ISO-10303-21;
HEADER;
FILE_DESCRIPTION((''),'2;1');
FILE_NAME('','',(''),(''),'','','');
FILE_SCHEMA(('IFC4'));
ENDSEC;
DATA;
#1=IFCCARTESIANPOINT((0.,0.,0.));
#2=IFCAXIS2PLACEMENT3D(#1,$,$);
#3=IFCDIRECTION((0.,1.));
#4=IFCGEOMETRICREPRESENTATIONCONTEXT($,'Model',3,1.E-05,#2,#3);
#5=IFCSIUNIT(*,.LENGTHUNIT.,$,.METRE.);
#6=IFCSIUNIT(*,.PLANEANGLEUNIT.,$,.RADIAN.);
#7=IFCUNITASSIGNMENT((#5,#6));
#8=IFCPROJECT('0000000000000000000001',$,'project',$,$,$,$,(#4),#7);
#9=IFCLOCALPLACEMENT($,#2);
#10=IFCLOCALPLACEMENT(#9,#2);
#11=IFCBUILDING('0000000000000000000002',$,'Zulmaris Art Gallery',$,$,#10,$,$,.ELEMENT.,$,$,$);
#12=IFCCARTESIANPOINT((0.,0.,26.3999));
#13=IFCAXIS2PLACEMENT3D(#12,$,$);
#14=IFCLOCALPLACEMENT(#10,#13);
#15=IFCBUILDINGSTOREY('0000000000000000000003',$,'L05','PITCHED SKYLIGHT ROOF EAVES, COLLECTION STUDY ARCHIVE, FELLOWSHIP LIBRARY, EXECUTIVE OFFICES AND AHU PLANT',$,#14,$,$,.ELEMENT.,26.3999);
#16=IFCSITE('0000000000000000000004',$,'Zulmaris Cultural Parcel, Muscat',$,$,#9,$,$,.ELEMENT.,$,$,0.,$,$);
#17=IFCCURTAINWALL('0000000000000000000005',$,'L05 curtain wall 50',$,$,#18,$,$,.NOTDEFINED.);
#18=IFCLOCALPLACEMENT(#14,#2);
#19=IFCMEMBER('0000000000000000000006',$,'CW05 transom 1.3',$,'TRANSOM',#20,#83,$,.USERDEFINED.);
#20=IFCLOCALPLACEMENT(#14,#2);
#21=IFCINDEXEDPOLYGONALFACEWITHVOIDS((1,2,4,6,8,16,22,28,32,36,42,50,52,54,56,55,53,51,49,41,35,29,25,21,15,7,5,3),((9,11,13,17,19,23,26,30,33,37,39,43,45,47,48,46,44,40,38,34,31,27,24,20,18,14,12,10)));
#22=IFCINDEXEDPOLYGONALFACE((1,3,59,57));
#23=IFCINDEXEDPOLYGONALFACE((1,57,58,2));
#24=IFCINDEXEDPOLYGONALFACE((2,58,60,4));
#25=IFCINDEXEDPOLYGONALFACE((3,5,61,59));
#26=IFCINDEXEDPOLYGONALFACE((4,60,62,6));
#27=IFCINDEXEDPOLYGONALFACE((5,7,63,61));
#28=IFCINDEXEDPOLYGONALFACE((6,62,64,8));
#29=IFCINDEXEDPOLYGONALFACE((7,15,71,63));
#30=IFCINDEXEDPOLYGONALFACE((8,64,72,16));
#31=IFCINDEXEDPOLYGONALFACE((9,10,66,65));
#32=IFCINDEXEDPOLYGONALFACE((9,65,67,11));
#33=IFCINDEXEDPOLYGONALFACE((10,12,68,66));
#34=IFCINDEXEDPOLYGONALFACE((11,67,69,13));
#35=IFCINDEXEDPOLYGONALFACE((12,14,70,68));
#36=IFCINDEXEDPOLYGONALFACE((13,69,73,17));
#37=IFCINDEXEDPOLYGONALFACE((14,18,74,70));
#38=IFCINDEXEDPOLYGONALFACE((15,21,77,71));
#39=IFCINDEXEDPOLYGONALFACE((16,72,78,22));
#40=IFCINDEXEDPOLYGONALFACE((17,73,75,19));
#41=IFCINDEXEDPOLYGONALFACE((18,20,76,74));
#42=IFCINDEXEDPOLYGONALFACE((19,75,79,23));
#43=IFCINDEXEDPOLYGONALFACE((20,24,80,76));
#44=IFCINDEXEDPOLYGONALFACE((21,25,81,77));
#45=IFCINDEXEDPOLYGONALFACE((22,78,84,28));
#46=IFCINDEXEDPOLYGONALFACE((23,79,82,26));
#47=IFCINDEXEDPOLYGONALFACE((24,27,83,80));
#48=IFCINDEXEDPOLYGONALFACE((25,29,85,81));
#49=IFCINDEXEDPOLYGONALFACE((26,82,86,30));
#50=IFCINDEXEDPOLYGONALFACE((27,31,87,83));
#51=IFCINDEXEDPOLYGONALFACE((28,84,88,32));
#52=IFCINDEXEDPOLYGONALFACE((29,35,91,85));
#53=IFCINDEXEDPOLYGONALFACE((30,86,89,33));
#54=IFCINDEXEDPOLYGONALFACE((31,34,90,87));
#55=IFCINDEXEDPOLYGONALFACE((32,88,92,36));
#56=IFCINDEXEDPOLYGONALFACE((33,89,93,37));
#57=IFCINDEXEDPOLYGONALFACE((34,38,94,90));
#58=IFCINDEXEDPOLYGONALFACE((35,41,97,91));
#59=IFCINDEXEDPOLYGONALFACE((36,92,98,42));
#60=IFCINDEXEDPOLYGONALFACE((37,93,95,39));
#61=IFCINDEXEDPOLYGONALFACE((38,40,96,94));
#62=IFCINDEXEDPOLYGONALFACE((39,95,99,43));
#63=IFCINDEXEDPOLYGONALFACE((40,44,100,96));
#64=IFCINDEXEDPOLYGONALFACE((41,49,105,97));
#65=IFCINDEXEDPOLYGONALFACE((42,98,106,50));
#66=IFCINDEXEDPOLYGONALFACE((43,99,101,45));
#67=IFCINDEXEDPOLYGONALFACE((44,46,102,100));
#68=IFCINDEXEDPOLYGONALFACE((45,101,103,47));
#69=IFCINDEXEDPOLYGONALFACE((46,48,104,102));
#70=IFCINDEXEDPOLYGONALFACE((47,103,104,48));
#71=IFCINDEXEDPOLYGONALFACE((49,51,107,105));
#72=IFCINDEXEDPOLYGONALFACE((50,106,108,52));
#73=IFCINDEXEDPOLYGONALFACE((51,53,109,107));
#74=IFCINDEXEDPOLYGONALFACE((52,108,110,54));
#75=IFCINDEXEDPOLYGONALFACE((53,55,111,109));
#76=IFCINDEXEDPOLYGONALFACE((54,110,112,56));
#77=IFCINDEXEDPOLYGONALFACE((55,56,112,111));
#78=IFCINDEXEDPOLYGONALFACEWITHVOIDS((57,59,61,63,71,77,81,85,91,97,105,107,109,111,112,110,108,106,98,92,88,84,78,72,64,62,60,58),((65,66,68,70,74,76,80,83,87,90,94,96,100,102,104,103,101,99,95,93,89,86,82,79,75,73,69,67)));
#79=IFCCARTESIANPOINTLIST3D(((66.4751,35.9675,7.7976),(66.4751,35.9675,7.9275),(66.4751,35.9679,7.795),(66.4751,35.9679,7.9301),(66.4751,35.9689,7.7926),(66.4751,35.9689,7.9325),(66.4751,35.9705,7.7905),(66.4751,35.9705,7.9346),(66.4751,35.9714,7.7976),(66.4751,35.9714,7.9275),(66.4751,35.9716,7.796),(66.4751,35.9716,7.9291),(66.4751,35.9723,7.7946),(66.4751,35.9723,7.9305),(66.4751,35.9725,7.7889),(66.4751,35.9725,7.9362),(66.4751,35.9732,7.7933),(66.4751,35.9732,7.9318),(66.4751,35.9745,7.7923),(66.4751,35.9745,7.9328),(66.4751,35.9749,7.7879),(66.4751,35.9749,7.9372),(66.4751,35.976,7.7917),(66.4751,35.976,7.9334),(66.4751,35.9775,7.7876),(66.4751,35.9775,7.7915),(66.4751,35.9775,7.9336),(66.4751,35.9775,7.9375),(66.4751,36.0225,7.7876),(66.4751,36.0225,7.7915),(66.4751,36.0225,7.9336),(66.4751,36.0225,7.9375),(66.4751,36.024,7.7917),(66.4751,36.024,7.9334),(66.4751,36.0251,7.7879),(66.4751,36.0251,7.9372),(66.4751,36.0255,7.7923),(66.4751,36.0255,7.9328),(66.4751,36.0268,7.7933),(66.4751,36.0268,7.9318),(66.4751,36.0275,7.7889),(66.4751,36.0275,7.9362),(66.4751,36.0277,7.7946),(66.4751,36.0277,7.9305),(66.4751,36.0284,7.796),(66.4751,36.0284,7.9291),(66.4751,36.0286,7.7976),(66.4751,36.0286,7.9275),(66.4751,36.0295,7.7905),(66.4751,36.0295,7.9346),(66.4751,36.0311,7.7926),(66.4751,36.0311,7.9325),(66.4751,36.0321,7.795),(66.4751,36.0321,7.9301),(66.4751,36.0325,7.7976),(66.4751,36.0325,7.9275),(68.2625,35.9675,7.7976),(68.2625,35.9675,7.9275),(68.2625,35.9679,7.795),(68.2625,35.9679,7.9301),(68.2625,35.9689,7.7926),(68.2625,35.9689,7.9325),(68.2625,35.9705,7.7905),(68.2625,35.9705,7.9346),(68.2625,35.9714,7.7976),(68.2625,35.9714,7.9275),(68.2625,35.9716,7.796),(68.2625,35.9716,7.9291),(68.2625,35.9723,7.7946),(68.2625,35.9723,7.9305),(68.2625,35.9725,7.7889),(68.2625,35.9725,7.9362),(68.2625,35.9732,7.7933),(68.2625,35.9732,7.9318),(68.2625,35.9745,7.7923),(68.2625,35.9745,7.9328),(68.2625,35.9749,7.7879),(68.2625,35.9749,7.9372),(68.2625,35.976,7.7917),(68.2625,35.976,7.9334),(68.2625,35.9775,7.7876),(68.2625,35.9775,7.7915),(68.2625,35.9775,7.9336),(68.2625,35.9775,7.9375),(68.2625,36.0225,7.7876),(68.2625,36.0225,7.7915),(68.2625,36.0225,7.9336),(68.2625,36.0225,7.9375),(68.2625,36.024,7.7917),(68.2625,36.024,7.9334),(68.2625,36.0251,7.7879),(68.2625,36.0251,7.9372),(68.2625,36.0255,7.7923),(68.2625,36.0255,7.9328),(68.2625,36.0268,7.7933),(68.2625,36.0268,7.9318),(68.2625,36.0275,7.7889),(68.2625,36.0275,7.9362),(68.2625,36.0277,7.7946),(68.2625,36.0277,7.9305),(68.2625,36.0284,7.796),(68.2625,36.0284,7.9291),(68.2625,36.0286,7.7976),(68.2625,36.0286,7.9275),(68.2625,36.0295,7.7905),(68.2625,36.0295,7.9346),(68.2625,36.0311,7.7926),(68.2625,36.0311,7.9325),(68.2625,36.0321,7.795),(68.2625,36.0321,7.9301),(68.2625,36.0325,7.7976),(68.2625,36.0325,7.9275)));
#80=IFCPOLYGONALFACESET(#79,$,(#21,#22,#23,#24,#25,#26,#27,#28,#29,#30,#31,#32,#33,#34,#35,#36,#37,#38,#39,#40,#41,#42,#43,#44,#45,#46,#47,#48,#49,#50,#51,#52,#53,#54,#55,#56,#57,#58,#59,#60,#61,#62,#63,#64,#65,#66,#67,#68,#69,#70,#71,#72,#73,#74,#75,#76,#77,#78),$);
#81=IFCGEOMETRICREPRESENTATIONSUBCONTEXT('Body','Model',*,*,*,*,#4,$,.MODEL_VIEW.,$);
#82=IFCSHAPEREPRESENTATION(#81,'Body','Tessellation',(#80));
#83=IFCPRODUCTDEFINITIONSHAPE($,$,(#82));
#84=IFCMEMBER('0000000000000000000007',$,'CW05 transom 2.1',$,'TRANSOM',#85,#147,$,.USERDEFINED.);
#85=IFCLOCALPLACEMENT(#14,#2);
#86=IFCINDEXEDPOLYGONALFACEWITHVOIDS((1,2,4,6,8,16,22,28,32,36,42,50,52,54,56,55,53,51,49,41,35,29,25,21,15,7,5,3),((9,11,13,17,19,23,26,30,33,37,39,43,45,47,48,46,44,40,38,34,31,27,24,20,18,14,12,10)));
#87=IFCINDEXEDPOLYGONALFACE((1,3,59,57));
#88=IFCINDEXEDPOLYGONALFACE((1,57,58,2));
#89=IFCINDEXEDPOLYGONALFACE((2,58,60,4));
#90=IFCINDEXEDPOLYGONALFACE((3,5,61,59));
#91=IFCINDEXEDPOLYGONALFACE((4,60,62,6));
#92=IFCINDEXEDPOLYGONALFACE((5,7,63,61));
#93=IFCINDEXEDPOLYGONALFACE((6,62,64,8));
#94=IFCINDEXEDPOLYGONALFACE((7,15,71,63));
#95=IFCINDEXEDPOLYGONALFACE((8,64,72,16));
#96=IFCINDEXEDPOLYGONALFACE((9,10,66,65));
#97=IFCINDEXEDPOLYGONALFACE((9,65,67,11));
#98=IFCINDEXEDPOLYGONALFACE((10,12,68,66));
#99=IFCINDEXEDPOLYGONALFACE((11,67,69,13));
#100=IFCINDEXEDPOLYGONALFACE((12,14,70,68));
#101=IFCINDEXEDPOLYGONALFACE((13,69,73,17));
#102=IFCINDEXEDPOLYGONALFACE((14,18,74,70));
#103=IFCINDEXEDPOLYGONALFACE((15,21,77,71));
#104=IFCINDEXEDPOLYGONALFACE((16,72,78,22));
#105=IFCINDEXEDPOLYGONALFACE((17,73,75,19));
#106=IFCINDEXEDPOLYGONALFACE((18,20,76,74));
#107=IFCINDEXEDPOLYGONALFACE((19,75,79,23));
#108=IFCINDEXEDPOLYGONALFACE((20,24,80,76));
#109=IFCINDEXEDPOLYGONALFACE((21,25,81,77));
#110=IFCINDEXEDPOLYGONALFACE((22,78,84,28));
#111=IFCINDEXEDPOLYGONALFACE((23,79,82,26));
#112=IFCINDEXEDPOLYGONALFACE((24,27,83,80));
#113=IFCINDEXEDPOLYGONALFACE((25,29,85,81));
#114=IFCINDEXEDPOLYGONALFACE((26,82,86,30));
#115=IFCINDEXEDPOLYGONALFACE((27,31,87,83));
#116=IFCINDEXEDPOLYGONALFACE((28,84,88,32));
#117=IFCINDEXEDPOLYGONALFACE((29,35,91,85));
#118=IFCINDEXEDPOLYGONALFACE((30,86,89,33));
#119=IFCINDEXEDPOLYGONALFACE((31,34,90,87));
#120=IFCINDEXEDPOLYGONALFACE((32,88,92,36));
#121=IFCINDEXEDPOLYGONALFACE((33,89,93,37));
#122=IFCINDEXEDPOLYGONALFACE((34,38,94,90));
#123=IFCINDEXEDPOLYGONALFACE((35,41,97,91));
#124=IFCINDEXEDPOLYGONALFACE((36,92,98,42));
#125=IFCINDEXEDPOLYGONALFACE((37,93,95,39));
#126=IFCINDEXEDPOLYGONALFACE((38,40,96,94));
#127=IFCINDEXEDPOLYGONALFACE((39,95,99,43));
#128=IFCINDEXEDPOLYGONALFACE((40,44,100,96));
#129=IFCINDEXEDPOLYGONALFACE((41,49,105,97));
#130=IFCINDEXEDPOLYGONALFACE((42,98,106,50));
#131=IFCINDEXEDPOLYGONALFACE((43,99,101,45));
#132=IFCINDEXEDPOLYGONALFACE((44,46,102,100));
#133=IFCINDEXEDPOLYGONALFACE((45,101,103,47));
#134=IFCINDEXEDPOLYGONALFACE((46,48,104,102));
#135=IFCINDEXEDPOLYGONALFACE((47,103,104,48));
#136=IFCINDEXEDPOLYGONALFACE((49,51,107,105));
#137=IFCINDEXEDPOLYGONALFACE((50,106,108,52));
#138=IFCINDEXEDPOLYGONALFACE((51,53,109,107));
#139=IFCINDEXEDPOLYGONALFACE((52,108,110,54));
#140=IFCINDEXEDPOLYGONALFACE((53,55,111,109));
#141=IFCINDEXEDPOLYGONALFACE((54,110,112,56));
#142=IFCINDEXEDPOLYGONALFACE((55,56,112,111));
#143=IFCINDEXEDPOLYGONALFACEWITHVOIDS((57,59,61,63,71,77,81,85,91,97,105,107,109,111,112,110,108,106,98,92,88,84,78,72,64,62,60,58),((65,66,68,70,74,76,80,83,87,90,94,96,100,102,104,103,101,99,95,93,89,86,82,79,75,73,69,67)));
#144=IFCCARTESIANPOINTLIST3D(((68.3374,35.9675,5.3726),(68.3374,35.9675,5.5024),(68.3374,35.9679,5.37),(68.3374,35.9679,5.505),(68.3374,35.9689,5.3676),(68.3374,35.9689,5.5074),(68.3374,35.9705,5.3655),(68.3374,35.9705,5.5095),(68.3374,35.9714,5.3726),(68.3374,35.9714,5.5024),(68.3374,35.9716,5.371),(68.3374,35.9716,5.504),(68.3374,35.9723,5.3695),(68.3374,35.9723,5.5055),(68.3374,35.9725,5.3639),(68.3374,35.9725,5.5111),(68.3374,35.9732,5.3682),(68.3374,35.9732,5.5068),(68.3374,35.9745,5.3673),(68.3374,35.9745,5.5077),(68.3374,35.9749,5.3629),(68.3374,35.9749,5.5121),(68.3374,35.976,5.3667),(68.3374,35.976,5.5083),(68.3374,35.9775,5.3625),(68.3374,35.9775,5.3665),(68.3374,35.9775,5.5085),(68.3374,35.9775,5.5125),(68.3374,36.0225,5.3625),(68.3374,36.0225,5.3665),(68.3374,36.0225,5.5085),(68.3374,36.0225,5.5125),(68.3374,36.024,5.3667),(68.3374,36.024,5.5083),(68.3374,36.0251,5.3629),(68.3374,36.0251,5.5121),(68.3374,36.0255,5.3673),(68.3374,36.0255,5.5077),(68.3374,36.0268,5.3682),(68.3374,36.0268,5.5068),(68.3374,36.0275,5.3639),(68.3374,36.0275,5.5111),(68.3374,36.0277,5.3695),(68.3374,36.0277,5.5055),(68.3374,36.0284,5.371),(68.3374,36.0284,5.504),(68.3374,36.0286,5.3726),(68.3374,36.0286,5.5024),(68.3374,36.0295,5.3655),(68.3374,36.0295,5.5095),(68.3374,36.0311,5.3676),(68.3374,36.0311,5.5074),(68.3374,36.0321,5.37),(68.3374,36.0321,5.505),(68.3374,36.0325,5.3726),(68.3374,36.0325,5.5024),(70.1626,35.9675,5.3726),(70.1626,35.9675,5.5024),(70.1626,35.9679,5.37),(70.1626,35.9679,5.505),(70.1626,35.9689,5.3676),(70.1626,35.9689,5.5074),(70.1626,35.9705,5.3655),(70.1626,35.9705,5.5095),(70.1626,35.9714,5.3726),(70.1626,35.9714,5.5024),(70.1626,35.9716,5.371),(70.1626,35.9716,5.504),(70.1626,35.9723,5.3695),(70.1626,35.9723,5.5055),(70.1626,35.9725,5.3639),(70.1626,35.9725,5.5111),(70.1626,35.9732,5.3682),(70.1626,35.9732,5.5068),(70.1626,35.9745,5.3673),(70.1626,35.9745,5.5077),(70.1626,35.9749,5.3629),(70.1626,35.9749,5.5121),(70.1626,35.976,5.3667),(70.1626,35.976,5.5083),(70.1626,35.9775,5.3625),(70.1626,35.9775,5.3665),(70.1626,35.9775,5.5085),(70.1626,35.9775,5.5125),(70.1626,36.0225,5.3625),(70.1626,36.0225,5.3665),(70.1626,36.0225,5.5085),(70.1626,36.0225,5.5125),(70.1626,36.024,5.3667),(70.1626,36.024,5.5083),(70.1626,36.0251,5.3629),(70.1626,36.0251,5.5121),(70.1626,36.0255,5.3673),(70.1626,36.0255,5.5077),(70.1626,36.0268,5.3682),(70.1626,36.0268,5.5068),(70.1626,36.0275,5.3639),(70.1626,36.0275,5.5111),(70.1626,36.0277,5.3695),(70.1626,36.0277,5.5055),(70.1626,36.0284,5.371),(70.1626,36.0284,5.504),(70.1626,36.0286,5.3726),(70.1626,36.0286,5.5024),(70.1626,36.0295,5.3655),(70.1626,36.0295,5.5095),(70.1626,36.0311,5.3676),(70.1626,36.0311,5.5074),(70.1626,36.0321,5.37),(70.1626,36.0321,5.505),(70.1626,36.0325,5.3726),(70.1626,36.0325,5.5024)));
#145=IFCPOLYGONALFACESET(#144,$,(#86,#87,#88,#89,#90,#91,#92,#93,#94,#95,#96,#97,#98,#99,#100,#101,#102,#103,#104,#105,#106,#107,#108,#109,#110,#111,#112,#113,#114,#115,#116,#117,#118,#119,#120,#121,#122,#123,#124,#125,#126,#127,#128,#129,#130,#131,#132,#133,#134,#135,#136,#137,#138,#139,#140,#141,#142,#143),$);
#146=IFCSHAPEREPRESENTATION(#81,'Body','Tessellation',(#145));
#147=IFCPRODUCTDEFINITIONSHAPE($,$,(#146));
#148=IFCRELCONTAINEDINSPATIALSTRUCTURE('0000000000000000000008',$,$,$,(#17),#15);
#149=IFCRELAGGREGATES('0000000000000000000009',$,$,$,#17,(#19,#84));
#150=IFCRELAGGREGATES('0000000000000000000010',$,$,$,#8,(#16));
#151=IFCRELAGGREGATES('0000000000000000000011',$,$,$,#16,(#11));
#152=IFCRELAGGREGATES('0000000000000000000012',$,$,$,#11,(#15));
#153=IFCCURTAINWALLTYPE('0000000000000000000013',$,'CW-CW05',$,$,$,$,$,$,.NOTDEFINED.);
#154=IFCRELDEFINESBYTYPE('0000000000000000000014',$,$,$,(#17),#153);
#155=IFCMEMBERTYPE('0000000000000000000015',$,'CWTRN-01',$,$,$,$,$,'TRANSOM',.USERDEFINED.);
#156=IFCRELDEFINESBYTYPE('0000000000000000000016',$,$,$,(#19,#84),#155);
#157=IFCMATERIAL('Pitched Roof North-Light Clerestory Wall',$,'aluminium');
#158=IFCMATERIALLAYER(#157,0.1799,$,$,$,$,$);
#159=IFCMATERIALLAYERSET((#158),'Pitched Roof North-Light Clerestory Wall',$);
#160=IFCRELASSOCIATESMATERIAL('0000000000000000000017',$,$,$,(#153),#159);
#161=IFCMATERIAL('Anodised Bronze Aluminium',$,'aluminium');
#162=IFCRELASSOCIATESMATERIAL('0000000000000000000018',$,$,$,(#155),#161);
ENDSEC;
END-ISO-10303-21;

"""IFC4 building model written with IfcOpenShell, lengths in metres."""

from ifc_helpers import new_model, si_unit, direction, frame, origin, origin_2d, place, context, subcontext, project, spatial, hollow_rectangle, extrude, material, layer, layer_set, material_profile, profile_set, type_object, element, aggregate, save


model = new_model("IFC4")

# Units and contexts
model_context = context("Model", 3, precision=1e-05, world=origin(), true_north=direction((0.0, 1.0)))
body_context = subcontext(model_context, "Body", "Model", "MODEL_VIEW")
ifc_project = project(units=[si_unit("LENGTHUNIT", "METRE"), si_unit("PLANEANGLEUNIT", "RADIAN")], contexts=[model_context])

# Site, building, storey
site_placement = place(None, origin())
site = spatial("IfcSite", under=ifc_project, at=site_placement, Name="Zulmaris Cultural Parcel, Muscat", CompositionType="ELEMENT", RefElevation=0.0)
building_placement = place(site_placement, origin())
building = spatial("IfcBuilding", under=site, at=building_placement, Name="Zulmaris Art Gallery", CompositionType="ELEMENT")
storey_placement = place(building_placement, frame((0.0, 0.0, 26.3999)))
storey = spatial("IfcBuildingStorey", under=building, at=storey_placement, Name="L05", Description="PITCHED SKYLIGHT ROOF EAVES, COLLECTION STUDY ARCHIVE, FELLOWSHIP LIBRARY, EXECUTIVE OFFICES AND AHU PLANT", CompositionType="ELEMENT", Elevation=26.3999)

# Curtain wall, members
ifc_material_1 = material(Name="Pitched Roof North-Light Clerestory Wall", Category="aluminium")
ifc_layer_1 = layer(ifc_material_1, 0.1799)
ifc_layer_set_1 = layer_set([ifc_layer_1], Name="Pitched Roof North-Light Clerestory Wall")
curtain_wall_type = type_object("IfcCurtainWallType", Name="CW-CW05", PredefinedType="NOTDEFINED", material=ifc_layer_set_1)
curtain_wall_placement = place(storey_placement, origin())
curtain_wall = element("IfcCurtainWall", 1, at=curtain_wall_placement, inside=storey, type_object=curtain_wall_type, Name="L05 curtain wall 50", PredefinedType="NOTDEFINED")
ifc_material_2 = material(Name="Anodised Bronze Aluminium", Category="aluminium")
ifc_material_profile_1 = material_profile(ifc_material_2, hollow_rectangle(XDim=0.0649, YDim=0.1499, WallThickness=0.0039, InnerFilletRadius=0.0061, OuterFilletRadius=0.01, at=origin_2d()), Name="ALU 65x150x4")
ifc_profile_set_1 = profile_set([ifc_material_profile_1], Name="Anodised Bronze Aluminium")
member_type_1 = type_object("IfcMemberType", Name="CWTRN-01", ElementType="TRANSOM", PredefinedType="USERDEFINED", material=ifc_profile_set_1)
member_1_placement = place(storey_placement, frame((66.4751, 36.0, 7.8625), z_axis=(1.0, 0.0, 0.0), x_axis=(0.0, 1.0, 0.0)))
member_1 = element("IfcMember", 2, at=member_1_placement, type_object=member_type_1, Name="CW05 transom 1.3", ObjectType="TRANSOM", PredefinedType="USERDEFINED", context=body_context, shape_type="SweptSolid", body=[
    extrude(hollow_rectangle(XDim=0.0649, YDim=0.1499, WallThickness=0.0039, InnerFilletRadius=0.0061, OuterFilletRadius=0.01, at=origin_2d()), origin(), (0.0, 0.0, 1.0), 1.7874),
])
member_2_placement = place(storey_placement, frame((68.3374, 36.0, 5.4375), z_axis=(1.0, 0.0, 0.0), x_axis=(0.0, 1.0, 0.0)))
member_2 = element("IfcMember", 3, at=member_2_placement, type_object=member_type_1, Name="CW05 transom 2.1", ObjectType="TRANSOM", PredefinedType="USERDEFINED", context=body_context, shape_type="SweptSolid", body=[
    extrude(hollow_rectangle(XDim=0.0649, YDim=0.1499, WallThickness=0.0039, InnerFilletRadius=0.0061, OuterFilletRadius=0.01, at=origin_2d()), origin(), (0.0, 0.0, 1.0), 1.8252),
])

aggregate(curtain_wall, [member_1, member_2])

save(model, "model.ifc")
